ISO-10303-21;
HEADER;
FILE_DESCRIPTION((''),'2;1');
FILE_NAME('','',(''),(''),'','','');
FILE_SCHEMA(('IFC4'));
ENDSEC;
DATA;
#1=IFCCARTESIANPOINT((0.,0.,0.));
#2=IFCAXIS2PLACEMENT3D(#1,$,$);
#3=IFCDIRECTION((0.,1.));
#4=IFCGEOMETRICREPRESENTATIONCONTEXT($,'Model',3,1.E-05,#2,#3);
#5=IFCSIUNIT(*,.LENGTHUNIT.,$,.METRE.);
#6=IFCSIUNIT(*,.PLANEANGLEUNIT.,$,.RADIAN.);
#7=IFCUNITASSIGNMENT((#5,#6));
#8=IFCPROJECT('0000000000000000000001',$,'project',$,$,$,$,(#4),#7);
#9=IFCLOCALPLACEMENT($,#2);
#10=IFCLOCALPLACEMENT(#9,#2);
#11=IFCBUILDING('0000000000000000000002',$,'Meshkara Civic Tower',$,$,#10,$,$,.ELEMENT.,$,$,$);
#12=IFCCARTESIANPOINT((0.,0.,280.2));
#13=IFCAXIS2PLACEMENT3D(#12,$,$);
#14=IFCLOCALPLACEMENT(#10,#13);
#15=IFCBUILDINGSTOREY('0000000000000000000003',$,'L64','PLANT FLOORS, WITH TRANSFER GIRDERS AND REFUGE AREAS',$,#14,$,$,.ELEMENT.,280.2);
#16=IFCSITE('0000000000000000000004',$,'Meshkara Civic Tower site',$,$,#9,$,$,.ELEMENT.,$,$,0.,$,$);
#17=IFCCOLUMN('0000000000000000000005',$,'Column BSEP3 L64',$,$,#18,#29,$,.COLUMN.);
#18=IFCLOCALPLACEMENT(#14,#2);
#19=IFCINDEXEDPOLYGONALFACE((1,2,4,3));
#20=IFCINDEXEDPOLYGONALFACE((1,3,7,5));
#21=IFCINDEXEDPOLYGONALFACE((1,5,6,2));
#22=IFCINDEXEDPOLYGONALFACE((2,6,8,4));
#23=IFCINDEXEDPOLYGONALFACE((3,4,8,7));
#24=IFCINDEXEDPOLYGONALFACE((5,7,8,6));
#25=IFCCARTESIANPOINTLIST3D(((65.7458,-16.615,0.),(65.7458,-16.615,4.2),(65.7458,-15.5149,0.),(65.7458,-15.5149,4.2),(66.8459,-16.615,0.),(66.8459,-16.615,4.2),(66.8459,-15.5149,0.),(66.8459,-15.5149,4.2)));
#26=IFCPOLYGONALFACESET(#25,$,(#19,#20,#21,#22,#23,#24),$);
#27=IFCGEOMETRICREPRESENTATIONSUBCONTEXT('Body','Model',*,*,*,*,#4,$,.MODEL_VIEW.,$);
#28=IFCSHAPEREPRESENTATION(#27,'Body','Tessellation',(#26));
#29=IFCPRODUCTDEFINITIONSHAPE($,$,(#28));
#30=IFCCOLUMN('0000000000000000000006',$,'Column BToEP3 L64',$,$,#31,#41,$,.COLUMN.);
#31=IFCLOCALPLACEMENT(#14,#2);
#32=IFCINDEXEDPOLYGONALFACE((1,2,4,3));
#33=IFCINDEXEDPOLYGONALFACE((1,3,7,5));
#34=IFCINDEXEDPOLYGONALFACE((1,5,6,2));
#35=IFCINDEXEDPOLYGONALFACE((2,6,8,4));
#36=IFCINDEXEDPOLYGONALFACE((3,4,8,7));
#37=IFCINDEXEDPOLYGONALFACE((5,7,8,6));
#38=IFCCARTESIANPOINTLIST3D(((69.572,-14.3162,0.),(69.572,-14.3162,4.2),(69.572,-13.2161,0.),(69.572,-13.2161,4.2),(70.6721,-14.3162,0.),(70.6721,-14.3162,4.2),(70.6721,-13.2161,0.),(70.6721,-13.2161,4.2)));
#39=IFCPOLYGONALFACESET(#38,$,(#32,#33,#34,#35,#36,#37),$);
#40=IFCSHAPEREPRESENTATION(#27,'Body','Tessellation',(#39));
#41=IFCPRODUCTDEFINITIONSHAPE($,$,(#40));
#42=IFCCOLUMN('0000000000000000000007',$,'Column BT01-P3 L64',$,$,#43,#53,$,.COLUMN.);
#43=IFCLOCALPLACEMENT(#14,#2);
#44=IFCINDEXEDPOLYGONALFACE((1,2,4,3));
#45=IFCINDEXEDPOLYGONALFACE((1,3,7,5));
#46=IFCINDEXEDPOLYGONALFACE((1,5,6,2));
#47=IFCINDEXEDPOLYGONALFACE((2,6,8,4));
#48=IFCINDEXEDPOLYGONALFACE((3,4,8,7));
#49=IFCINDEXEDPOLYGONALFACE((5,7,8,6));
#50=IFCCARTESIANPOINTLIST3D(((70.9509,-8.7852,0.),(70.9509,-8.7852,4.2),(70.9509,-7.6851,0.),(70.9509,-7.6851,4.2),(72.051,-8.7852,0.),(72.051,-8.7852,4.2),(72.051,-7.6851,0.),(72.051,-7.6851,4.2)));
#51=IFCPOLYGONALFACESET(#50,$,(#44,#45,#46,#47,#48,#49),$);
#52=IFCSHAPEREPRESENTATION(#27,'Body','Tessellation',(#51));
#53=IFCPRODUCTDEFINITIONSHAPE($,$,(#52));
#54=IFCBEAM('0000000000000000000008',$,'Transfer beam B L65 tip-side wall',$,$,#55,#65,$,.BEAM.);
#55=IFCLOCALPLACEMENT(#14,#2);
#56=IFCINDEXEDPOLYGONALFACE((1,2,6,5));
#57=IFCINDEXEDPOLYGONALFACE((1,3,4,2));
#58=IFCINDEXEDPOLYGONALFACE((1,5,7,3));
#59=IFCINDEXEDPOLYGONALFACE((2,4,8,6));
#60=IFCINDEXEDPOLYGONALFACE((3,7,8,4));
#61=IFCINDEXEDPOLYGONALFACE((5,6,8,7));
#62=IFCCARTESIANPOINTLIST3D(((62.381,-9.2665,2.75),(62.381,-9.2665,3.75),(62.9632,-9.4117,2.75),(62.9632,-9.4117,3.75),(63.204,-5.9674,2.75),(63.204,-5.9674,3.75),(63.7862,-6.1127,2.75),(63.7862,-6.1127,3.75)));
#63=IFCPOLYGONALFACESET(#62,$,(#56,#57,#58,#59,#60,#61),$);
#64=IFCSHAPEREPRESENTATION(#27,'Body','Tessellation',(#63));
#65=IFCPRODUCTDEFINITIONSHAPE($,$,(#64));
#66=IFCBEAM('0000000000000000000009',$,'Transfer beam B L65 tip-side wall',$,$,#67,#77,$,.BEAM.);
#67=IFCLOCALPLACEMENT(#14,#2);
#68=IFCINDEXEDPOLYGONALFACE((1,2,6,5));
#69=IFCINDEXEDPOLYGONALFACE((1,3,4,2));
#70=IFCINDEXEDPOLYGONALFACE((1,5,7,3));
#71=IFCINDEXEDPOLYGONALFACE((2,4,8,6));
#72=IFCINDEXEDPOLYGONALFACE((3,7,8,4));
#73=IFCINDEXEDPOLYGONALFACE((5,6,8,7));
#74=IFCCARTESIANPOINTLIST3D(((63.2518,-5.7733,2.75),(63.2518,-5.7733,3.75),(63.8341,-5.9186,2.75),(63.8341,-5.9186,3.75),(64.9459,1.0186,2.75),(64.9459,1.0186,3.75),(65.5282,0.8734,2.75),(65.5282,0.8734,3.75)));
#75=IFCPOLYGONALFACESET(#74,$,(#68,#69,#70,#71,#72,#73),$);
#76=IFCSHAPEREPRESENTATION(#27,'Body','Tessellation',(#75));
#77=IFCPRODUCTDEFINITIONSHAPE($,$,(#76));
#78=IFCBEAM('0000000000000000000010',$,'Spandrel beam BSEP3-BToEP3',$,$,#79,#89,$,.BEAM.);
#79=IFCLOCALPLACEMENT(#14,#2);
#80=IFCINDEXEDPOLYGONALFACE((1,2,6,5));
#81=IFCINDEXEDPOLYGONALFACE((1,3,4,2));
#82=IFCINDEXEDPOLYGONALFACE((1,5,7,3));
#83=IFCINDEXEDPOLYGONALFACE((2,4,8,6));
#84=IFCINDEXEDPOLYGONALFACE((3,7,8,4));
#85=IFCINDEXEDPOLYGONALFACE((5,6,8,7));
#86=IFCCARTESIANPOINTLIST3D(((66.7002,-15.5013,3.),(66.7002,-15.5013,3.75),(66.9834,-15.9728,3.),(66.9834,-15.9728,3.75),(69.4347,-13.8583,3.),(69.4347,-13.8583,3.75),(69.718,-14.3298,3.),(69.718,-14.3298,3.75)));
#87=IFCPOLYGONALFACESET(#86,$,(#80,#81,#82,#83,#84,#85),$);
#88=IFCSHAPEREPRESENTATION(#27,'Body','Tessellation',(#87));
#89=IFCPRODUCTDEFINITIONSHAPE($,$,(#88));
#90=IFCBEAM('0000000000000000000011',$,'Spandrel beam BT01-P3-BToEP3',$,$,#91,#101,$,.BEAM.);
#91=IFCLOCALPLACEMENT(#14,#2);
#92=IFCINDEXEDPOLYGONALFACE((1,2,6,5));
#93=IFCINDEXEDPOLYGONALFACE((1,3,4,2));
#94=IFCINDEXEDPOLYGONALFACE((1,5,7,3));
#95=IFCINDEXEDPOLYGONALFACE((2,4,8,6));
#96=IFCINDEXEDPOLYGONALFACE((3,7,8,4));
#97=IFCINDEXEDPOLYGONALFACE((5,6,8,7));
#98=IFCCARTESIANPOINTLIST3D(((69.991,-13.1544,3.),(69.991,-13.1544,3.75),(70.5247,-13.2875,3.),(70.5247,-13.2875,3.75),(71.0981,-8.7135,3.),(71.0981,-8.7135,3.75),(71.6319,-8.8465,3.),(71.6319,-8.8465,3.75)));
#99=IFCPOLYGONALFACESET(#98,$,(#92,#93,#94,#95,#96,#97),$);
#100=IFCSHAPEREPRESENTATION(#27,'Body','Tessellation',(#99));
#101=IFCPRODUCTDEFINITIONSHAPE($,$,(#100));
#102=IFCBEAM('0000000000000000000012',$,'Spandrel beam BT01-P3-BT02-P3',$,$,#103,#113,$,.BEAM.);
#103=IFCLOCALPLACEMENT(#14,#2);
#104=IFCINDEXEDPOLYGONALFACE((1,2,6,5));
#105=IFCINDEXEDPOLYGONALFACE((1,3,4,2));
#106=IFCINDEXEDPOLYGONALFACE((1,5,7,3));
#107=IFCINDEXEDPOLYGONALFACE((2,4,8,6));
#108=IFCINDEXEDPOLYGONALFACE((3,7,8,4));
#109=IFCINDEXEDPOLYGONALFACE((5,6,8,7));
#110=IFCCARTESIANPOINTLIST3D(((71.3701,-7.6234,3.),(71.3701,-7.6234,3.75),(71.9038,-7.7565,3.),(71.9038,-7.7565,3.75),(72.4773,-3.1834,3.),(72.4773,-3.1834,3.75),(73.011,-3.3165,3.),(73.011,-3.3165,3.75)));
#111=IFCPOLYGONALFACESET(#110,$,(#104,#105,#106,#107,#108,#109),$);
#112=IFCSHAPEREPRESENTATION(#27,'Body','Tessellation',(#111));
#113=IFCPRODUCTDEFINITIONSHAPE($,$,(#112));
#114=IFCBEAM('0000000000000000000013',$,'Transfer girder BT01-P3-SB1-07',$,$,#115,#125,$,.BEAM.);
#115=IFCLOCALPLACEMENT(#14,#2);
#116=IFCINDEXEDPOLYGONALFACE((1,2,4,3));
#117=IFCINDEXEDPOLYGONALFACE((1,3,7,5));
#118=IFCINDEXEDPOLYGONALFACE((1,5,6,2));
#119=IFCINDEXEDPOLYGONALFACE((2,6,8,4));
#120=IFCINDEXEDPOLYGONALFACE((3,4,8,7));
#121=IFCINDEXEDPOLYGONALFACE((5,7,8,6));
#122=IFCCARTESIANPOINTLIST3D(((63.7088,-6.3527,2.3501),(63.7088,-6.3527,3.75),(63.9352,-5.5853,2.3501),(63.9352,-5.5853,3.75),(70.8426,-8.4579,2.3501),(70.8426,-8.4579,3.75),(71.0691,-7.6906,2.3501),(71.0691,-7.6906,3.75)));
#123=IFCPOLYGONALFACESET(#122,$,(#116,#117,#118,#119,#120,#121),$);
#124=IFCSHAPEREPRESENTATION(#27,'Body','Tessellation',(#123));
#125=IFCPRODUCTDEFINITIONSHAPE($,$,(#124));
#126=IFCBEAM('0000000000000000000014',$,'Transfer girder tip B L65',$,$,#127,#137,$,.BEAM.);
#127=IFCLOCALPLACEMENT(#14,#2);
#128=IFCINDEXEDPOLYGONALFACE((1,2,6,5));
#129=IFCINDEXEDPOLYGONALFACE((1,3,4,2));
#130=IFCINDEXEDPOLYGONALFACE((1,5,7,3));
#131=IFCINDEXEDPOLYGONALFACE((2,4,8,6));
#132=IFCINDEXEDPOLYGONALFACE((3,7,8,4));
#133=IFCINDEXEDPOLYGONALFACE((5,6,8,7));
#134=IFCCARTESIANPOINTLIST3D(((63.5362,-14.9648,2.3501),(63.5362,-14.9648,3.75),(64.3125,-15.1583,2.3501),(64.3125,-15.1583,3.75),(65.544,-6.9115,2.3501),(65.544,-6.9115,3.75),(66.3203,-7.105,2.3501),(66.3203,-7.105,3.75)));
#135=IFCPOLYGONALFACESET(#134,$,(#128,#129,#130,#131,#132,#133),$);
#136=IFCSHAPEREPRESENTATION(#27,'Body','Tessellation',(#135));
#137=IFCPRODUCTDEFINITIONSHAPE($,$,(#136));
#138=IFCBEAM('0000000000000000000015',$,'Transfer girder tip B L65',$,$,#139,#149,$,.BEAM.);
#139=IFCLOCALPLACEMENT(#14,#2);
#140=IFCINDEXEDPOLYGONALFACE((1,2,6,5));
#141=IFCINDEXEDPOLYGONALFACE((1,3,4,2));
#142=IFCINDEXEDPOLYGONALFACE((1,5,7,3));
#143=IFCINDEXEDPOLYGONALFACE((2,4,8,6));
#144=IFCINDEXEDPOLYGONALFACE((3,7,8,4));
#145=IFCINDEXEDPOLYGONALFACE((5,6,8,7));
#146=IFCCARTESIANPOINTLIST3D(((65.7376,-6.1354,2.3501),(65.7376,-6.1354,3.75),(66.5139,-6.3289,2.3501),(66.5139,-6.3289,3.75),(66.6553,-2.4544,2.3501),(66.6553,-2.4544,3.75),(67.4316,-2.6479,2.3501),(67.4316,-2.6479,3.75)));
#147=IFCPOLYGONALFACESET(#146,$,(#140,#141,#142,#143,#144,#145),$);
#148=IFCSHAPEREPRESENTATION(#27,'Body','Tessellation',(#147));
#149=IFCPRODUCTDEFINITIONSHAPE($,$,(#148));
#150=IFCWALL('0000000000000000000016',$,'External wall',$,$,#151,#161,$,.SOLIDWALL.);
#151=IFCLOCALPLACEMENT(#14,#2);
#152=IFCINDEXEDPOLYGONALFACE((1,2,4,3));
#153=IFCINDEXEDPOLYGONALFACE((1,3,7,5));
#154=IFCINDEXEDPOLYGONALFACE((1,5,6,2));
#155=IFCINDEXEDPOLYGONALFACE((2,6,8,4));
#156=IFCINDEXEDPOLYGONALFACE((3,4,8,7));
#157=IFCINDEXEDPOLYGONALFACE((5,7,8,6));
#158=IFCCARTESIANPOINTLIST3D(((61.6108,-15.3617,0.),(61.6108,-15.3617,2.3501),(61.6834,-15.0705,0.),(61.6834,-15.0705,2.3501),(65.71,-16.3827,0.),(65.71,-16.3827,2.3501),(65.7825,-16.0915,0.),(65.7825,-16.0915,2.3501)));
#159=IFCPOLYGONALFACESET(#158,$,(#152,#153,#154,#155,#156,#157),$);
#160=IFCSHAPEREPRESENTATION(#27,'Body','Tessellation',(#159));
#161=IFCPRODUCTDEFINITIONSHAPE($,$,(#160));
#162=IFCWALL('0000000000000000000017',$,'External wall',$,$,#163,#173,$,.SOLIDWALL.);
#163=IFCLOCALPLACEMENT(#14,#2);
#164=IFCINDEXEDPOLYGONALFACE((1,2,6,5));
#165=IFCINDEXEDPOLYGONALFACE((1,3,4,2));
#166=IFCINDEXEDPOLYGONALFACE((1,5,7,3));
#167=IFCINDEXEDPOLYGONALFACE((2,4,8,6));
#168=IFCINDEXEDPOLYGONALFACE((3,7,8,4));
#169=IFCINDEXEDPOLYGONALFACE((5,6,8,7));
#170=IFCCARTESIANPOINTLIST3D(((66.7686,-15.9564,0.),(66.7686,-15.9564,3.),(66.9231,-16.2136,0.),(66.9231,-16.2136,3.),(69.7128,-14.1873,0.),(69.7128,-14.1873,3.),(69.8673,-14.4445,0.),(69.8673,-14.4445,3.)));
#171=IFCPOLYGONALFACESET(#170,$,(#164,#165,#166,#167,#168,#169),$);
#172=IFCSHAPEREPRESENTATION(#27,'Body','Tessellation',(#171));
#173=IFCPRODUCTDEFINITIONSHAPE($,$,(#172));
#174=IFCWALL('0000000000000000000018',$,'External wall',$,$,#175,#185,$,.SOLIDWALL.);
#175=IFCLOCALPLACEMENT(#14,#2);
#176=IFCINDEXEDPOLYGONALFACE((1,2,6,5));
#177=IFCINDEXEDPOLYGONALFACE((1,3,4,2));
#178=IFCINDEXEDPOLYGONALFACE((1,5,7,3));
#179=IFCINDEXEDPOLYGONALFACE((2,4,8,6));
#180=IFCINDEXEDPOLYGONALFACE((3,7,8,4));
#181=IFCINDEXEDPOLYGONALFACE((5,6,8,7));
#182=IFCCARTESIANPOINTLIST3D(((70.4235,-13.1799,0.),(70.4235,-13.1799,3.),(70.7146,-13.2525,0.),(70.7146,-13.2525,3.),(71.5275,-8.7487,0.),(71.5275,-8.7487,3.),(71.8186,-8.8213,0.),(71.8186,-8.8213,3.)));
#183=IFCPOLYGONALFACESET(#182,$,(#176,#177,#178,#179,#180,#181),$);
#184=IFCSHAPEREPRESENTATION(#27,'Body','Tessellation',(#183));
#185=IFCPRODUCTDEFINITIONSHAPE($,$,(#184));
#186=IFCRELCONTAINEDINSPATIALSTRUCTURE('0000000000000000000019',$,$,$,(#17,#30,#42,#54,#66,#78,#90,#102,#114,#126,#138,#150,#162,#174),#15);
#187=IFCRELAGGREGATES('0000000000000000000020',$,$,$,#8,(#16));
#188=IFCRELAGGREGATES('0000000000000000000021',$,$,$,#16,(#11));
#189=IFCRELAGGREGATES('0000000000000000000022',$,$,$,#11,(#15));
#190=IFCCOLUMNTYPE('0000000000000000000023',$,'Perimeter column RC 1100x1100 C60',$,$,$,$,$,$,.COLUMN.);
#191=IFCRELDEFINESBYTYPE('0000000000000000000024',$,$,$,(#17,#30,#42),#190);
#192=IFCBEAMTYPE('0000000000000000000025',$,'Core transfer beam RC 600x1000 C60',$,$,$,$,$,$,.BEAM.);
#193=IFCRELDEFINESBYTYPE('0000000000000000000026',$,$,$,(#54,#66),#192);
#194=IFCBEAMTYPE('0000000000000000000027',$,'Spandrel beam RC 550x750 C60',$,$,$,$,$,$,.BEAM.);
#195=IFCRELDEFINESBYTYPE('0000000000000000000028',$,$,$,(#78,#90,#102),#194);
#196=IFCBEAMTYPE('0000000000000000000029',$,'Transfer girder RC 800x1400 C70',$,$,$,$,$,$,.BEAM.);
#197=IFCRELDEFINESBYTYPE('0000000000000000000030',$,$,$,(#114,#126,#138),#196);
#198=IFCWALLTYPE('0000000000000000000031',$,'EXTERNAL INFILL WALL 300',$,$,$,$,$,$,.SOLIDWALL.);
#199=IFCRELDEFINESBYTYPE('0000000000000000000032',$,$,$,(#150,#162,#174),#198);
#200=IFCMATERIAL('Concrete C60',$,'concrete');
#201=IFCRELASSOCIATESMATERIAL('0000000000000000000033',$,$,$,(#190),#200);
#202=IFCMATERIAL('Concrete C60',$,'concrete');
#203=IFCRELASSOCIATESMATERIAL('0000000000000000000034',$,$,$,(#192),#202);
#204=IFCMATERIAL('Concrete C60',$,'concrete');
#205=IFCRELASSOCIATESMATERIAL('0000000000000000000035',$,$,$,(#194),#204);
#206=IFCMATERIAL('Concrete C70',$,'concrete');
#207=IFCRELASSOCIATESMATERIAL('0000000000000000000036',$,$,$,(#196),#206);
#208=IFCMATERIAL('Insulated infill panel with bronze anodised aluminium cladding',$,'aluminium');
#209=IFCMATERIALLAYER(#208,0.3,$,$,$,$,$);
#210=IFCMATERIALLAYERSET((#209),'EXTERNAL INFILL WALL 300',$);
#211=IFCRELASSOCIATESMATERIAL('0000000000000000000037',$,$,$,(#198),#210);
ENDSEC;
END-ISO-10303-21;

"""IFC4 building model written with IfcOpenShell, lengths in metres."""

from ifc_helpers import new_model, si_unit, direction, frame, frame_2d, origin, origin_2d, place, context, subcontext, project, spatial, rectangle, extrude, material, layer, layer_set, material_profile, profile_set, type_object, element, save


model = new_model("IFC4")

# Units and contexts
model_context = context("Model", 3, precision=1e-05, world=origin(), true_north=direction((0.0, 1.0)))
body_context = subcontext(model_context, "Body", "Model", "MODEL_VIEW")
ifc_project = project(units=[si_unit("LENGTHUNIT", "METRE"), si_unit("PLANEANGLEUNIT", "RADIAN")], contexts=[model_context])

# Site, building, storey
site_placement = place(None, origin())
site = spatial("IfcSite", under=ifc_project, at=site_placement, Name="Meshkara Civic Tower site", CompositionType="ELEMENT", RefElevation=0.0)
building_placement = place(site_placement, origin())
building = spatial("IfcBuilding", under=site, at=building_placement, Name="Meshkara Civic Tower", CompositionType="ELEMENT")
storey_placement = place(building_placement, frame((0.0, 0.0, 280.2)))
storey = spatial("IfcBuildingStorey", under=building, at=storey_placement, Name="L64", Description="PLANT FLOORS, WITH TRANSFER GIRDERS AND REFUGE AREAS", CompositionType="ELEMENT", Elevation=280.2)

# Columns
ifc_material_1 = material(Name="Concrete C60", Category="concrete")
ifc_material_profile_1 = material_profile(ifc_material_1, rectangle(XDim=1.1001, YDim=1.1001, at=origin_2d()))
ifc_profile_set_1 = profile_set([ifc_material_profile_1], Name="Concrete C60")
column_type = type_object("IfcColumnType", Name="Perimeter column RC 1100x1100 C60", PredefinedType="COLUMN", material=ifc_profile_set_1)
for number, where, z_axis, x_axis, name in (
    (1, (66.2959, -16.0649, 0.0), (0.0, 0.0, 1.0), (1.0, 0.0, 0.0), "Column BSEP3 L64"),
    (2, (70.1221, -13.7661, 0.0), (0.0, 0.0, 1.0), (1.0, 0.0, 0.0), "Column BToEP3 L64"),
    (3, (71.501, -8.2351, 0.0), (0.0, 0.0, 1.0), (1.0, 0.0, 0.0), "Column BT01-P3 L64"),
):
    element("IfcColumn", number, at=place(storey_placement, frame(where, z_axis=z_axis, x_axis=x_axis)), inside=storey, type_object=column_type, Name=name, PredefinedType="COLUMN", context=body_context, shape_type="SweptSolid", body=[
        extrude(rectangle(XDim=1.1001, YDim=1.1001, at=origin_2d()), origin(), (0.0, 0.0, 1.0), 4.2),
    ])

# Beams
ifc_material_2 = material(Name="Concrete C60", Category="concrete")
ifc_material_profile_2 = material_profile(ifc_material_2, rectangle(XDim=0.6001, YDim=1.0, at=origin_2d()))
ifc_profile_set_2 = profile_set([ifc_material_profile_2], Name="Concrete C60")
beam_type_1 = type_object("IfcBeamType", Name="Core transfer beam RC 600x1000 C60", PredefinedType="BEAM", material=ifc_profile_set_2)
beam_1_placement = place(storey_placement, frame((62.6721, -9.3391, 3.25), z_axis=(0.242046, 0.970265, 0.0), x_axis=(-0.970265, 0.242046, 0.0)))
element("IfcBeam", 4, at=beam_1_placement, inside=storey, type_object=beam_type_1, Name="Transfer beam B L65 tip-side wall", PredefinedType="BEAM", context=body_context, shape_type="SweptSolid", body=[
    extrude(rectangle(XDim=0.6001, YDim=1.0, at=origin_2d()), origin(), (0.0, 0.0, 1.0), 3.4001),
])
beam_2_placement = place(storey_placement, frame((63.543, -5.8459, 3.25), z_axis=(0.24201, 0.970274, 0.0), x_axis=(-0.970274, 0.24201, 0.0)))
element("IfcBeam", 5, at=beam_2_placement, inside=storey, type_object=beam_type_1, Name="Transfer beam B L65 tip-side wall", PredefinedType="BEAM", context=body_context, shape_type="SweptSolid", body=[
    extrude(rectangle(XDim=0.6001, YDim=1.0, at=origin_2d()), origin(), (0.0, 0.0, 1.0), 7.0),
])
ifc_material_3 = material(Name="Concrete C60", Category="concrete")
ifc_material_profile_3 = material_profile(ifc_material_3, rectangle(XDim=0.55, YDim=0.75, at=origin_2d()))
ifc_profile_set_3 = profile_set([ifc_material_profile_3], Name="Concrete C60")
beam_type_2 = type_object("IfcBeamType", Name="Spandrel beam RC 550x750 C60", PredefinedType="BEAM", material=ifc_profile_set_3)
beam_3_placement = place(storey_placement, frame((66.8418, -15.7371, 3.375), z_axis=(0.857175, 0.515025, 0.0), x_axis=(-0.515025, 0.857175, 0.0)))
element("IfcBeam", 6, at=beam_3_placement, inside=storey, type_object=beam_type_2, Name="Spandrel beam BSEP3-BToEP3", PredefinedType="BEAM", context=body_context, shape_type="SweptSolid", body=[
    extrude(rectangle(XDim=0.55, YDim=0.75, at=origin_2d()), origin(), (0.0, 0.0, 1.0), 3.1902),
])
beam_4_placement = place(storey_placement, frame((70.2578, -13.2209, 3.375), z_axis=(0.241908, 0.970299, 0.0), x_axis=(-0.970299, 0.241908, 0.0)))
element("IfcBeam", 7, at=beam_4_placement, inside=storey, type_object=beam_type_2, Name="Spandrel beam BT01-P3-BToEP3", PredefinedType="BEAM", context=body_context, shape_type="SweptSolid", body=[
    extrude(rectangle(XDim=0.55, YDim=0.75, at=origin_2d()), origin(), (0.0, 0.0, 1.0), 4.5769),
])
beam_5_placement = place(storey_placement, frame((71.637, -7.6899, 3.375), z_axis=(0.241958, 0.970287, 0.0), x_axis=(-0.970287, 0.241958, 0.0)))
element("IfcBeam", 8, at=beam_5_placement, inside=storey, type_object=beam_type_2, Name="Spandrel beam BT01-P3-BT02-P3", PredefinedType="BEAM", context=body_context, shape_type="SweptSolid", body=[
    extrude(rectangle(XDim=0.55, YDim=0.75, at=origin_2d()), origin(), (0.0, 0.0, 1.0), 4.5759),
])
ifc_material_4 = material(Name="Concrete C70", Category="concrete")
ifc_material_profile_4 = material_profile(ifc_material_4, rectangle(XDim=0.8, YDim=1.3999, at=origin_2d()))
ifc_profile_set_4 = profile_set([ifc_material_profile_4], Name="Concrete C70")
beam_type_3 = type_object("IfcBeamType", Name="Transfer girder RC 800x1400 C70", PredefinedType="BEAM", material=ifc_profile_set_4)
beam_6_placement = place(storey_placement, frame((63.822, -5.969, 3.05), z_axis=(0.959108, -0.283039, 0.0), x_axis=(0.283039, 0.959108, 0.0)))
element("IfcBeam", 9, at=beam_6_placement, inside=storey, type_object=beam_type_3, Name="Transfer girder BT01-P3-SB1-07", PredefinedType="BEAM", context=body_context, shape_type="SweptSolid", body=[
    extrude(rectangle(XDim=0.8, YDim=1.3999, at=origin_2d()), origin(), (0.0, 0.0, 1.0), 7.438),
])
beam_7_placement = place(storey_placement, frame((63.9243, -15.0615, 3.05), z_axis=(0.241913, 0.970298, 0.0), x_axis=(-0.970298, 0.241913, 0.0)))
element("IfcBeam", 10, at=beam_7_placement, inside=storey, type_object=beam_type_3, Name="Transfer girder tip B L65", PredefinedType="BEAM", context=body_context, shape_type="SweptSolid", body=[
    extrude(rectangle(XDim=0.8, YDim=1.3999, at=origin_2d()), origin(), (0.0, 0.0, 1.0), 8.2998),
])
beam_8_placement = place(storey_placement, frame((66.1257, -6.2322, 3.05), z_axis=(0.241915, 0.970298, 0.0), x_axis=(-0.970298, 0.241915, 0.0)))
element("IfcBeam", 11, at=beam_8_placement, inside=storey, type_object=beam_type_3, Name="Transfer girder tip B L65", PredefinedType="BEAM", context=body_context, shape_type="SweptSolid", body=[
    extrude(rectangle(XDim=0.8, YDim=1.3999, at=origin_2d()), origin(), (0.0, 0.0, 1.0), 3.7937),
])

# Walls
ifc_material_5 = material(Name="Insulated infill panel with bronze anodised aluminium cladding", Category="aluminium")
ifc_layer_1 = layer(ifc_material_5, 0.3)
ifc_layer_set_1 = layer_set([ifc_layer_1], Name="EXTERNAL INFILL WALL 300")
wall_type_1 = type_object("IfcWallType", Name="EXTERNAL INFILL WALL 300", PredefinedType="SOLIDWALL", material=ifc_layer_set_1)
wall_1_placement = place(storey_placement, frame((61.647, -15.2161, 0.0), z_axis=(0.0, 0.0, 1.0), x_axis=(0.970353, -0.241692, 0.0)))
element("IfcWall", 12, at=wall_1_placement, inside=storey, type_object=wall_type_1, Name="External wall", PredefinedType="SOLIDWALL", context=body_context, shape_type="SweptSolid", body=[
    extrude(rectangle(XDim=4.2244, YDim=0.3, at=frame_2d((2.1123, 0.0))), origin(), (0.0, 0.0, 1.0), 2.3501),
])
wall_2_placement = place(storey_placement, frame((66.8459, -16.085, 0.0), z_axis=(0.0, 0.0, 1.0), x_axis=(0.85716, 0.51505, 0.0)))
element("IfcWall", 13, at=wall_2_placement, inside=storey, type_object=wall_type_1, Name="External wall", PredefinedType="SOLIDWALL", context=body_context, shape_type="SweptSolid", body=[
    extrude(rectangle(XDim=3.4348, YDim=0.3, at=frame_2d((1.7173, 0.0))), origin(), (0.0, 0.0, 1.0), 3.0),
])
wall_3_placement = place(storey_placement, frame((70.5691, -13.2161, 0.0), z_axis=(0.0, 0.0, 1.0), x_axis=(0.241756, 0.970337, 0.0)))
element("IfcWall", 14, at=wall_3_placement, inside=storey, type_object=wall_type_1, Name="External wall", PredefinedType="SOLIDWALL", context=body_context, shape_type="SweptSolid", body=[
    extrude(rectangle(XDim=4.5667, YDim=0.3, at=frame_2d((2.2832, 0.0))), origin(), (0.0, 0.0, 1.0), 3.0),
])

save(model, "model.ifc")
